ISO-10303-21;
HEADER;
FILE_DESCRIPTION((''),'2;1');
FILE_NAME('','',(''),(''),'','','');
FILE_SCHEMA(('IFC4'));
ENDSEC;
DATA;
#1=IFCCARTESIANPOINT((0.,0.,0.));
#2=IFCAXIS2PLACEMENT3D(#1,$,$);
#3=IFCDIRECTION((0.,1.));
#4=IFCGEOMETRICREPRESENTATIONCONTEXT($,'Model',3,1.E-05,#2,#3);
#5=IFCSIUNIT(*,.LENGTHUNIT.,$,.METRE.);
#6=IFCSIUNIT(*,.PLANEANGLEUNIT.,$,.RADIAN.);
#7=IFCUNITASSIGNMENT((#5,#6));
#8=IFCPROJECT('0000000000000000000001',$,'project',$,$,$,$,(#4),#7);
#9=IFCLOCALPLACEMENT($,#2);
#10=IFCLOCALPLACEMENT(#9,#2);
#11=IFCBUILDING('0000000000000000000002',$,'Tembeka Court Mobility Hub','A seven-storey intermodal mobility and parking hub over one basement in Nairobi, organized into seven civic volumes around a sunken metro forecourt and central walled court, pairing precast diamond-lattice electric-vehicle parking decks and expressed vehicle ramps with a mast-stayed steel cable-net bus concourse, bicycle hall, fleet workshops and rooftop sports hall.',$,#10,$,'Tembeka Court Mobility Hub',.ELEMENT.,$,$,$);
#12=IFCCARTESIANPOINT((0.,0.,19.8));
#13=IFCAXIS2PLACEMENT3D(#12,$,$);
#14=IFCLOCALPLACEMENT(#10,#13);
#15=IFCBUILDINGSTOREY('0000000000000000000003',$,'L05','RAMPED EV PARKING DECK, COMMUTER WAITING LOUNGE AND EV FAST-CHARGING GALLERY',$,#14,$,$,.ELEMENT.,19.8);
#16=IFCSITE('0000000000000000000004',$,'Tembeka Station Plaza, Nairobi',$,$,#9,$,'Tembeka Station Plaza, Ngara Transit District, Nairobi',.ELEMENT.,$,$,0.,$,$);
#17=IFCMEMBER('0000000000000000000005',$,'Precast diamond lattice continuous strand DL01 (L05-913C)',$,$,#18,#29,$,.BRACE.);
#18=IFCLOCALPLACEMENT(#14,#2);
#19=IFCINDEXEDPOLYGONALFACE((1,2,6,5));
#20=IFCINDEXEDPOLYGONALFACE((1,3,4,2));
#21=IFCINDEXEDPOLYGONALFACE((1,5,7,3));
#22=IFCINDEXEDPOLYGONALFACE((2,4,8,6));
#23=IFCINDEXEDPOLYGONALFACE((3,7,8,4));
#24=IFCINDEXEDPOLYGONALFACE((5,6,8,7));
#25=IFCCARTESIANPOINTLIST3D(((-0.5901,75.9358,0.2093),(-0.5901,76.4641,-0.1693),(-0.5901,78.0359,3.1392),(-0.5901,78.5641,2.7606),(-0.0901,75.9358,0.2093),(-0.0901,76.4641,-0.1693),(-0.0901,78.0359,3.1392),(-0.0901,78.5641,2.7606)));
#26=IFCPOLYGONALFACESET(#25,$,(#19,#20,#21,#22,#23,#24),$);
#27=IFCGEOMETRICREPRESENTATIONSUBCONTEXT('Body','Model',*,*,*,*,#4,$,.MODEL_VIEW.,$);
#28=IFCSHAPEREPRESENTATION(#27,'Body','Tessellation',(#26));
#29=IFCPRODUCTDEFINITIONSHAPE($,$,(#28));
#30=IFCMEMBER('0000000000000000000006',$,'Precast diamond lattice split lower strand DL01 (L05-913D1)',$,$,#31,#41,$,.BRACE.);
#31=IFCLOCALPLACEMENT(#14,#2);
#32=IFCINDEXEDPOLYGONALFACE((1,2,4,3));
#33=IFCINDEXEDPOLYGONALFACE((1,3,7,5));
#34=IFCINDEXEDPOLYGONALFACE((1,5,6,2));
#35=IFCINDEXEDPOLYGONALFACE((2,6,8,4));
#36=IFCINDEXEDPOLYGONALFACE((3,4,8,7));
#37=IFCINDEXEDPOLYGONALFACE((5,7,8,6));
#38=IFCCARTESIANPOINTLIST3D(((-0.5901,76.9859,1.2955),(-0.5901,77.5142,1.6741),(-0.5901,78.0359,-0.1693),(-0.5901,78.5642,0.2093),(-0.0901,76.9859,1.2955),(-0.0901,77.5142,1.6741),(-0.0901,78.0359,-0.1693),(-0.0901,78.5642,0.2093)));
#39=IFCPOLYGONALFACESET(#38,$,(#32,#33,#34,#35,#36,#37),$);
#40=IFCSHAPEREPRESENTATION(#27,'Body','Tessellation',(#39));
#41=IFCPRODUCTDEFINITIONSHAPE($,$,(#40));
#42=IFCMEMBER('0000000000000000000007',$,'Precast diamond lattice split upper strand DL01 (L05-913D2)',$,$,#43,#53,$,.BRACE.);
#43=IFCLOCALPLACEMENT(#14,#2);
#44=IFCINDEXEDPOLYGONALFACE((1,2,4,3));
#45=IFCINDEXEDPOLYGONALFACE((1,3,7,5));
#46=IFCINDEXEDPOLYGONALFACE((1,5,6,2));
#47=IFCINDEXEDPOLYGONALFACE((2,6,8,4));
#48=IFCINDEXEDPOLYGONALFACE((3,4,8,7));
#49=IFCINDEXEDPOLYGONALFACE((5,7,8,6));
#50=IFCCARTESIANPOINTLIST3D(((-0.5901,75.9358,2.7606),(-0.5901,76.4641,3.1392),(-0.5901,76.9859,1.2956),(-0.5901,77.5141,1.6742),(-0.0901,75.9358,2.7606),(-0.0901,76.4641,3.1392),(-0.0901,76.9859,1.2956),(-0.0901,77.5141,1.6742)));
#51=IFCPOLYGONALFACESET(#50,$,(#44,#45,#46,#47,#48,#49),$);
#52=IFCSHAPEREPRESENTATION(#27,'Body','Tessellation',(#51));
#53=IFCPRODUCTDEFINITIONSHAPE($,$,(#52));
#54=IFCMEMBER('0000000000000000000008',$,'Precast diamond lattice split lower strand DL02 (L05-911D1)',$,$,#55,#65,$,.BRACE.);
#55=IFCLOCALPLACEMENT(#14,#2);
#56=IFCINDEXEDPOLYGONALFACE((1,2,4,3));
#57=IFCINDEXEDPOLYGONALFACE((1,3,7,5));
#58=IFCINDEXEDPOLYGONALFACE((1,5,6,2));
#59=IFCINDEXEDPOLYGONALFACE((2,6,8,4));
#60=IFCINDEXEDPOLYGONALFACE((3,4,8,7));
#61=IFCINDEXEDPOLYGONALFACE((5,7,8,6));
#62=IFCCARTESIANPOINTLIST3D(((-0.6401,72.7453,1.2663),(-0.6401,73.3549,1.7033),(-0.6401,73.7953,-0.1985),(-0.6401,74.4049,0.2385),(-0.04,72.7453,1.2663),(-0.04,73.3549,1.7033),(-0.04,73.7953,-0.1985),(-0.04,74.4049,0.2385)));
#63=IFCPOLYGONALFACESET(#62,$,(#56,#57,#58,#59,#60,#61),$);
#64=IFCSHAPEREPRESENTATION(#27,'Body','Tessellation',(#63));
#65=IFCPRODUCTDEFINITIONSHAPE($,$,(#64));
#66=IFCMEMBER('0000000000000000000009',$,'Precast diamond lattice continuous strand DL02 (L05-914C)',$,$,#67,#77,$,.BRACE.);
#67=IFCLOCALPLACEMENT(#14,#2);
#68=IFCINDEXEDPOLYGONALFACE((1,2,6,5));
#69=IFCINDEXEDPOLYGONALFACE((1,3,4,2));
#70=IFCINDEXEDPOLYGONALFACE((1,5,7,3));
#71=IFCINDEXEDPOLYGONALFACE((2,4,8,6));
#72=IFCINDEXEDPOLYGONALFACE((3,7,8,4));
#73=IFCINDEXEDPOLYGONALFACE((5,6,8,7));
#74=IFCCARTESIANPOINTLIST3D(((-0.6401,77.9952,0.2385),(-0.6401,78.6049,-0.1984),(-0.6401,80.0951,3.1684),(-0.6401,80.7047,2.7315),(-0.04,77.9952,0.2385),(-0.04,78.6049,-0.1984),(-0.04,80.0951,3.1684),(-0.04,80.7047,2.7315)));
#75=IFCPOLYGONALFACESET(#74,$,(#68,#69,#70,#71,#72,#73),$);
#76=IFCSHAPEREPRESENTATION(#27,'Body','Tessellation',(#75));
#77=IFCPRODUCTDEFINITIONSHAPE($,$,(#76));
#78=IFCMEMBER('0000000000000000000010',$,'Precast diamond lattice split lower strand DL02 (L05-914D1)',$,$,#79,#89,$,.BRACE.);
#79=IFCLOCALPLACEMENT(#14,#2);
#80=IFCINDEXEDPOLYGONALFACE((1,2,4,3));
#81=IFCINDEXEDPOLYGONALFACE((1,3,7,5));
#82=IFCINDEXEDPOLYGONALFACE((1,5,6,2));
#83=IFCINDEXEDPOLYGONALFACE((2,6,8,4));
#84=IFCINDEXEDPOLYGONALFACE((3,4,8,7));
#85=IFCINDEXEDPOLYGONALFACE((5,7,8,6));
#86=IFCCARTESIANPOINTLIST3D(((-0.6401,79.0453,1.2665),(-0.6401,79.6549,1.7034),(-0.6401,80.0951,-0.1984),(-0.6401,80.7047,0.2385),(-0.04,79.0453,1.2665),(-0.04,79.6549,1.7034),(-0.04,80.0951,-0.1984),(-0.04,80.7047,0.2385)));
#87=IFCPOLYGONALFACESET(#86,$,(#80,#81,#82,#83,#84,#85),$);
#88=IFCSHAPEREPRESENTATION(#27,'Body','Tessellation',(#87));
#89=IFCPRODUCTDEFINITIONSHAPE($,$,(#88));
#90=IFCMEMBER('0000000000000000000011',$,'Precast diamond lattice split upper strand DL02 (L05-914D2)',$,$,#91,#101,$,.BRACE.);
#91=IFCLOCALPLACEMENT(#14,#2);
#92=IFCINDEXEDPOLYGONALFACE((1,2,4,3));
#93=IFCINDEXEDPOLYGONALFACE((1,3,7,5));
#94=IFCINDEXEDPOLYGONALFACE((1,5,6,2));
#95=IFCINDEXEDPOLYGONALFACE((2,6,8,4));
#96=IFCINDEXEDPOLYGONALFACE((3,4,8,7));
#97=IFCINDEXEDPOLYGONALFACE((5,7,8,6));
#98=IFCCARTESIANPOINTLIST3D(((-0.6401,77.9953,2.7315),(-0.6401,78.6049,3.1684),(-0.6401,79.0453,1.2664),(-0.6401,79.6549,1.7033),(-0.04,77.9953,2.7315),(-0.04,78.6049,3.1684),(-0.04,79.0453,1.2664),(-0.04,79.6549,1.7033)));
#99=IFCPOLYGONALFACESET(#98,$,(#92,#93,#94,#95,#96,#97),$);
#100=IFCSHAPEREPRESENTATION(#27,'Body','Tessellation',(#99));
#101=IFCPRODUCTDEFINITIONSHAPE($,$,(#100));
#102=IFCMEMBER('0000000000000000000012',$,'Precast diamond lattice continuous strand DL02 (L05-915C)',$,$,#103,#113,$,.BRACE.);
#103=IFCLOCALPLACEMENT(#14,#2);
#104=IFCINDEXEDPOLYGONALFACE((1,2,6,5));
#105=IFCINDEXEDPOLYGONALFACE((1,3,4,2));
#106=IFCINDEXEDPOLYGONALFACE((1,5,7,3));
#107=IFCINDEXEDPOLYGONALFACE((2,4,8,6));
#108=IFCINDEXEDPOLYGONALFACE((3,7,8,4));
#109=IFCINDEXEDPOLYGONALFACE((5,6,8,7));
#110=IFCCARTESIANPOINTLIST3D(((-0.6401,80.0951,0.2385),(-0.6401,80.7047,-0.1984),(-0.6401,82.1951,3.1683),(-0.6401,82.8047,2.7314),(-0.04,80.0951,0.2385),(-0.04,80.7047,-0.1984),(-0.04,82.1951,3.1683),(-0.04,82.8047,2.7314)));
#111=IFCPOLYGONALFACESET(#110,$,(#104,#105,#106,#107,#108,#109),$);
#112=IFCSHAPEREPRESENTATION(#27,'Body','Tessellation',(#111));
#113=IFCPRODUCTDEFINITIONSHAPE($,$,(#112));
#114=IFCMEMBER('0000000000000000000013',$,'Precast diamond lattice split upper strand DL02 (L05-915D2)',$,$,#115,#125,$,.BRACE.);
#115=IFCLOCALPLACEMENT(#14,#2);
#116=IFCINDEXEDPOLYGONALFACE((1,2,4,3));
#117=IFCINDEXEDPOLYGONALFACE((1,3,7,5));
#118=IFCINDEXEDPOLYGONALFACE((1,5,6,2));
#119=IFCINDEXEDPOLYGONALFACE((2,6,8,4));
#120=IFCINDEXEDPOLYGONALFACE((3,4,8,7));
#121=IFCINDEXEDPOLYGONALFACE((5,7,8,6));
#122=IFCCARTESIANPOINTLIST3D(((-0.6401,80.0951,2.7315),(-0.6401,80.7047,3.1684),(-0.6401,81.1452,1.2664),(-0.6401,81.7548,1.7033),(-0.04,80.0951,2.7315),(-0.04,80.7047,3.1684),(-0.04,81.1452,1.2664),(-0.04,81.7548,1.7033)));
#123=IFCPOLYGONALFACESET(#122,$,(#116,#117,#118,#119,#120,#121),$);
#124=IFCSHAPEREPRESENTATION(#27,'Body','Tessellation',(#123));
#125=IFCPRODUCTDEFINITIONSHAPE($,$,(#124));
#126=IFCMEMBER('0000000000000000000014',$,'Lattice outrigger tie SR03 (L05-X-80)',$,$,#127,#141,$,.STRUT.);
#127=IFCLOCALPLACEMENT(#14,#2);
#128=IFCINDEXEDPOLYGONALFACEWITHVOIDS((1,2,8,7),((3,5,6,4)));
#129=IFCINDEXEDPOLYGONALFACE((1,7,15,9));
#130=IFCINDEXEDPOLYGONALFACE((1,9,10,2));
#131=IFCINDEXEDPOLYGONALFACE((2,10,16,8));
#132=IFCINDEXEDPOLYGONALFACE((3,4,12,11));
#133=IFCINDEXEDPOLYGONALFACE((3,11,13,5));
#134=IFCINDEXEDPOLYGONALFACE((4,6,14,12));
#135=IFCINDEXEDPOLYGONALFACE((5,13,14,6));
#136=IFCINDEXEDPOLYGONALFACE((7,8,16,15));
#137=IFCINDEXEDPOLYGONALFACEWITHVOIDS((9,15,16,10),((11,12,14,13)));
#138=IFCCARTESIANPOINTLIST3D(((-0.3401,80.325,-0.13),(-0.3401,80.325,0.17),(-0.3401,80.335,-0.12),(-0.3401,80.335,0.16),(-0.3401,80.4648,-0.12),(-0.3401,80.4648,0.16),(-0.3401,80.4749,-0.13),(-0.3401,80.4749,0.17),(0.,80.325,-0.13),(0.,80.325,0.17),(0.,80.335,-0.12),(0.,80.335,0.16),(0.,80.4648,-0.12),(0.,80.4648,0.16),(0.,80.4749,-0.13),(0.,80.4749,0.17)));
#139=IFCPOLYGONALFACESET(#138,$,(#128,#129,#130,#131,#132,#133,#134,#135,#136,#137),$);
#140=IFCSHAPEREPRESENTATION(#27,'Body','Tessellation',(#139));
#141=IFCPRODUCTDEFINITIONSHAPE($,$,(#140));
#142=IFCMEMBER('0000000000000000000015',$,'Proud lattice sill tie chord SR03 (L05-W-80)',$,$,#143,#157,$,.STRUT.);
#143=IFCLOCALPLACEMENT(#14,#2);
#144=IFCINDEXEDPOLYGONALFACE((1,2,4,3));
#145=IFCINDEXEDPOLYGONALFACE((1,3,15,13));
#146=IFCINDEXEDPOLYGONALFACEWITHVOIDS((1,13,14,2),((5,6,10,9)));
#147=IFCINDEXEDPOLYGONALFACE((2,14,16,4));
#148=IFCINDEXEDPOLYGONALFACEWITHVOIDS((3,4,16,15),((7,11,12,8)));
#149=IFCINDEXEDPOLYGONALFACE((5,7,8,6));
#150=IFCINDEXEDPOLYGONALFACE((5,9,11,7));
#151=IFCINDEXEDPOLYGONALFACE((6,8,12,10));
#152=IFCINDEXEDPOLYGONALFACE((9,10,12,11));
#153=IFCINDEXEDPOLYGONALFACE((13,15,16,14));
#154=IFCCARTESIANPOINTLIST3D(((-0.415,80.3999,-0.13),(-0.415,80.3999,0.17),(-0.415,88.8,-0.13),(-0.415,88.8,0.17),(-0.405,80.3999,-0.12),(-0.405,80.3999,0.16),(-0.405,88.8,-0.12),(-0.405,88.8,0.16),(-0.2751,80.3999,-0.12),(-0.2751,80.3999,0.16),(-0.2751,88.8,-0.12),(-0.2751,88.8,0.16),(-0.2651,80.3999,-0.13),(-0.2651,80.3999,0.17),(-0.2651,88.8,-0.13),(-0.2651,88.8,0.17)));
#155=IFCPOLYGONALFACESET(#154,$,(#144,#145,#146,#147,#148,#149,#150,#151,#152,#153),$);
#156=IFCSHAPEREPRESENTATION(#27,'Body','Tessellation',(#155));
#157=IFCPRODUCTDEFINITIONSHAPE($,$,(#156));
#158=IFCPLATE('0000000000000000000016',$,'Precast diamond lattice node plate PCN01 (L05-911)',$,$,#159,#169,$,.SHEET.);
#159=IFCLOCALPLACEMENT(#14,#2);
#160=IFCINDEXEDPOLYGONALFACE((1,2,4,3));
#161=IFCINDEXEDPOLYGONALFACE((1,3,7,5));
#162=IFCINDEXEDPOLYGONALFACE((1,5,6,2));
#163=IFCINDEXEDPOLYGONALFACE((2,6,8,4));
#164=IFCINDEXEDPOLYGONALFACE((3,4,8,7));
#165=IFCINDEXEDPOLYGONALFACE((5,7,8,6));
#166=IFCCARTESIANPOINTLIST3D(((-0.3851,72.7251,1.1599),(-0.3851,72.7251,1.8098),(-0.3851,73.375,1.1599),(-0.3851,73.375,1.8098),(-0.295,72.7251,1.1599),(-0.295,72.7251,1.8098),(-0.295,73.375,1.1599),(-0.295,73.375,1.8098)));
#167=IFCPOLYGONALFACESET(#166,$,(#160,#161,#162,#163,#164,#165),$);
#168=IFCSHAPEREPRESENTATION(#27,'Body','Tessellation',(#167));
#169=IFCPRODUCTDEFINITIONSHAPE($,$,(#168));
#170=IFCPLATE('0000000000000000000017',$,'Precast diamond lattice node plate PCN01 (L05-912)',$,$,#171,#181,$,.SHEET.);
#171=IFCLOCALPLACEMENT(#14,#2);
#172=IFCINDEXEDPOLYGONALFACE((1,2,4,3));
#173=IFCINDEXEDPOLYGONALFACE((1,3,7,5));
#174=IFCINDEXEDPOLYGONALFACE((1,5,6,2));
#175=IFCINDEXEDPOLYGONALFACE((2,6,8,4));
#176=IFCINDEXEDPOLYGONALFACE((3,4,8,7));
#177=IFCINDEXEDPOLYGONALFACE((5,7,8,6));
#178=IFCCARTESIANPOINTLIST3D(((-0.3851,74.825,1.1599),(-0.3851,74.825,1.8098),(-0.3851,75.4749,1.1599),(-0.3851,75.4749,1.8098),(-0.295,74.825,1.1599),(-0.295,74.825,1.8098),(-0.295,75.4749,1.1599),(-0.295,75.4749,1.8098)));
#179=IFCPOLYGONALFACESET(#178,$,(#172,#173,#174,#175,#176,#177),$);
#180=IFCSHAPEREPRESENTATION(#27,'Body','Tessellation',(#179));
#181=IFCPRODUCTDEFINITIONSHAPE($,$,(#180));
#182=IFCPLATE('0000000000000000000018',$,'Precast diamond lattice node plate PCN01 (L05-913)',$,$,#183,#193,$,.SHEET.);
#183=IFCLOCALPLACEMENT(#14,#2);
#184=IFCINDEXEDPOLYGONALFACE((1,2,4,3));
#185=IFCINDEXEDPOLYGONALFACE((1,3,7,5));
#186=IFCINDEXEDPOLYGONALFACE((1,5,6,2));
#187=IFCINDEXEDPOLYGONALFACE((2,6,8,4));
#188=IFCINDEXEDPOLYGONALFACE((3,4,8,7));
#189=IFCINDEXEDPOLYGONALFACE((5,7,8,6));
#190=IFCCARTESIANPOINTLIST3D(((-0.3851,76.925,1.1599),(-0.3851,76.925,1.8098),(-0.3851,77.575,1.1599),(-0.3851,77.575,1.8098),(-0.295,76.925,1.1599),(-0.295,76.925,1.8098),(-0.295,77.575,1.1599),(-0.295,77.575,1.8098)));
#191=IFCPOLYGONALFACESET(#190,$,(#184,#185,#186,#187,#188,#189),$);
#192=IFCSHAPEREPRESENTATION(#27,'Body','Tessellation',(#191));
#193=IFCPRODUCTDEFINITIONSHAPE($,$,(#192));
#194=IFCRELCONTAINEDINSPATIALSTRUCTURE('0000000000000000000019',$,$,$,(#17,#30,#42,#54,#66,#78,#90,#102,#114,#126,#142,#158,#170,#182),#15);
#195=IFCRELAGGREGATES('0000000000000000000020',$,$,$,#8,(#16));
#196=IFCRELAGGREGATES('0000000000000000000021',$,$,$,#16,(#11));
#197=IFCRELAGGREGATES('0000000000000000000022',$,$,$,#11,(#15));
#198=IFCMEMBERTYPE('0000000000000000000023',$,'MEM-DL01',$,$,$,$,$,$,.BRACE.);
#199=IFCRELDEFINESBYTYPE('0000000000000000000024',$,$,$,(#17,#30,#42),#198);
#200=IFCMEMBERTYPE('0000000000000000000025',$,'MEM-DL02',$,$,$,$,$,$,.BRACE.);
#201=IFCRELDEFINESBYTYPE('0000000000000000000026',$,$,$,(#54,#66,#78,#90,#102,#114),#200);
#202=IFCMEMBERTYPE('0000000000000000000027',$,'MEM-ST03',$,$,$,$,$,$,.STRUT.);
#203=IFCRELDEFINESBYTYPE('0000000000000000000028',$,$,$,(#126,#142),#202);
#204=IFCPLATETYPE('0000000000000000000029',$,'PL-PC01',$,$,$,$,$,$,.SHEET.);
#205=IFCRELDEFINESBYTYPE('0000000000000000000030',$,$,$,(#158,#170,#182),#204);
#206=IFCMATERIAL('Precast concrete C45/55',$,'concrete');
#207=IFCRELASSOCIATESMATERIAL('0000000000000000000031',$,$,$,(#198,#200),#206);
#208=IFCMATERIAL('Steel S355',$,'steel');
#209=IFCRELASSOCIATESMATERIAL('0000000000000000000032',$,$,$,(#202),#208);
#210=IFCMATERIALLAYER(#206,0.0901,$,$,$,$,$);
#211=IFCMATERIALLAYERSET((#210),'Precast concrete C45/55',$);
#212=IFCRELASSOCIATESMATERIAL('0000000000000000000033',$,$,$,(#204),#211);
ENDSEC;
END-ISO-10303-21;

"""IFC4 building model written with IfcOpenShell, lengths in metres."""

from ifc_helpers import new_model, si_unit, direction, frame, origin, origin_2d, place, context, subcontext, project, spatial, rectangle, hollow_rectangle, extrude, material, layer, layer_set, material_profile, profile_set, type_object, element, save


model = new_model("IFC4")

# Units and contexts
model_context = context("Model", 3, precision=1e-05, world=origin(), true_north=direction((0.0, 1.0)))
body_context = subcontext(model_context, "Body", "Model", "MODEL_VIEW")
ifc_project = project(units=[si_unit("LENGTHUNIT", "METRE"), si_unit("PLANEANGLEUNIT", "RADIAN")], contexts=[model_context])

# Site, building, storey
site_placement = place(None, origin())
site = spatial("IfcSite", under=ifc_project, at=site_placement, Name="Tembeka Station Plaza, Nairobi", LongName="Tembeka Station Plaza, Ngara Transit District, Nairobi", CompositionType="ELEMENT", RefElevation=0.0)
building_placement = place(site_placement, origin())
building = spatial("IfcBuilding", under=site, at=building_placement, Name="Tembeka Court Mobility Hub", Description="A seven-storey intermodal mobility and parking hub over one basement in Nairobi, organized into seven civic volumes around a sunken metro forecourt and central walled court, pairing precast diamond-lattice electric-vehicle parking decks and expressed vehicle ramps with a mast-stayed steel cable-net bus concourse, bicycle hall, fleet workshops and rooftop sports hall.", LongName="Tembeka Court Mobility Hub", CompositionType="ELEMENT")
storey_placement = place(building_placement, frame((0.0, 0.0, 19.8)))
storey = spatial("IfcBuildingStorey", under=building, at=storey_placement, Name="L05", Description="RAMPED EV PARKING DECK, COMMUTER WAITING LOUNGE AND EV FAST-CHARGING GALLERY", CompositionType="ELEMENT", Elevation=19.8)

# Shared definitions
ifc_material_1 = material(Name="Steel S355", Category="steel")

# Members
ifc_material_2 = material(Name="Precast concrete C45/55", Category="concrete")
ifc_material_profile_1 = material_profile(ifc_material_2, rectangle(XDim=0.5, YDim=0.6499, at=origin_2d()), Name="PC-DIAG 500x650")
ifc_profile_set_1 = profile_set([ifc_material_profile_1], Name="Precast concrete C45/55")
member_type_1 = type_object("IfcMemberType", Name="MEM-DL01", PredefinedType="BRACE", material=ifc_profile_set_1)
member_1_placement = place(storey_placement, frame((-0.3401, 76.2, 0.02), z_axis=(0.0, 0.582576, 0.812776), x_axis=(-1.0, 0.0, 0.0)))
element("IfcMember", 1, at=member_1_placement, inside=storey, type_object=member_type_1, Name="Precast diamond lattice continuous strand DL01 (L05-913C)", PredefinedType="BRACE", context=body_context, shape_type="SweptSolid", body=[
    extrude(rectangle(XDim=0.5, YDim=0.6499, at=origin_2d()), origin(), (0.0, 0.0, 1.0), 3.6047),
])
member_2_placement = place(storey_placement, frame((-0.3401, 78.3, 0.02), z_axis=(0.0, -0.582608, 0.812753), x_axis=(1.0, 0.0, 0.0)))
element("IfcMember", 2, at=member_2_placement, inside=storey, type_object=member_type_1, Name="Precast diamond lattice split lower strand DL01 (L05-913D1)", PredefinedType="BRACE", context=body_context, shape_type="SweptSolid", body=[
    extrude(rectangle(XDim=0.5, YDim=0.6499, at=origin_2d()), origin(), (0.0, 0.0, 1.0), 1.8022),
])
member_3_placement = place(storey_placement, frame((-0.3401, 77.25, 1.4849), z_axis=(0.0, -0.582544, 0.812799), x_axis=(1.0, 0.0, 0.0)))
element("IfcMember", 3, at=member_3_placement, inside=storey, type_object=member_type_1, Name="Precast diamond lattice split upper strand DL01 (L05-913D2)", PredefinedType="BRACE", context=body_context, shape_type="SweptSolid", body=[
    extrude(rectangle(XDim=0.5, YDim=0.6499, at=origin_2d()), origin(), (0.0, 0.0, 1.0), 1.8025),
])
ifc_material_profile_2 = material_profile(ifc_material_2, rectangle(XDim=0.6001, YDim=0.75, at=origin_2d()), Name="PC-DIAG 600x750")
ifc_profile_set_2 = profile_set([ifc_material_profile_2], Name="Precast concrete C45/55")
member_type_2 = type_object("IfcMemberType", Name="MEM-DL02", PredefinedType="BRACE", material=ifc_profile_set_2)
member_4_placement = place(storey_placement, frame((-0.3401, 74.1001, 0.02), z_axis=(0.0, -0.582608, 0.812753), x_axis=(1.0, 0.0, 0.0)))
element("IfcMember", 4, at=member_4_placement, inside=storey, type_object=member_type_2, Name="Precast diamond lattice split lower strand DL02 (L05-911D1)", PredefinedType="BRACE", context=body_context, shape_type="SweptSolid", body=[
    extrude(rectangle(XDim=0.6001, YDim=0.75, at=origin_2d()), origin(), (0.0, 0.0, 1.0), 1.8022),
])
member_5_placement = place(storey_placement, frame((-0.3401, 78.3, 0.02), z_axis=(0.0, 0.582532, 0.812808), x_axis=(-1.0, 0.0, 0.0)))
element("IfcMember", 5, at=member_5_placement, inside=storey, type_object=member_type_2, Name="Precast diamond lattice continuous strand DL02 (L05-914C)", PredefinedType="BRACE", context=body_context, shape_type="SweptSolid", body=[
    extrude(rectangle(XDim=0.6001, YDim=0.75, at=origin_2d()), origin(), (0.0, 0.0, 1.0), 3.6047),
])
member_6_placement = place(storey_placement, frame((-0.3401, 80.3999, 0.02), z_axis=(0.0, -0.582519, 0.812817), x_axis=(1.0, 0.0, 0.0)))
element("IfcMember", 6, at=member_6_placement, inside=storey, type_object=member_type_2, Name="Precast diamond lattice split lower strand DL02 (L05-914D1)", PredefinedType="BRACE", context=body_context, shape_type="SweptSolid", body=[
    extrude(rectangle(XDim=0.6001, YDim=0.75, at=origin_2d()), origin(), (0.0, 0.0, 1.0), 1.8022),
])
member_7_placement = place(storey_placement, frame((-0.3401, 79.3501, 1.4849), z_axis=(0.0, -0.582544, 0.812799), x_axis=(1.0, 0.0, 0.0)))
element("IfcMember", 7, at=member_7_placement, inside=storey, type_object=member_type_2, Name="Precast diamond lattice split upper strand DL02 (L05-914D2)", PredefinedType="BRACE", context=body_context, shape_type="SweptSolid", body=[
    extrude(rectangle(XDim=0.6001, YDim=0.75, at=origin_2d()), origin(), (0.0, 0.0, 1.0), 1.8025),
])
member_8_placement = place(storey_placement, frame((-0.3401, 80.3999, 0.02), z_axis=(0.0, 0.582576, 0.812776), x_axis=(-1.0, 0.0, 0.0)))
element("IfcMember", 8, at=member_8_placement, inside=storey, type_object=member_type_2, Name="Precast diamond lattice continuous strand DL02 (L05-915C)", PredefinedType="BRACE", context=body_context, shape_type="SweptSolid", body=[
    extrude(rectangle(XDim=0.6001, YDim=0.75, at=origin_2d()), origin(), (0.0, 0.0, 1.0), 3.6047),
])
member_9_placement = place(storey_placement, frame((-0.3401, 81.45, 1.4849), z_axis=(0.0, -0.582544, 0.812799), x_axis=(1.0, 0.0, 0.0)))
element("IfcMember", 9, at=member_9_placement, inside=storey, type_object=member_type_2, Name="Precast diamond lattice split upper strand DL02 (L05-915D2)", PredefinedType="BRACE", context=body_context, shape_type="SweptSolid", body=[
    extrude(rectangle(XDim=0.6001, YDim=0.75, at=origin_2d()), origin(), (0.0, 0.0, 1.0), 1.8025),
])
ifc_material_profile_3 = material_profile(ifc_material_1, hollow_rectangle(XDim=0.1499, YDim=0.3, WallThickness=0.01, at=origin_2d()), Name="RHS 300x150x10")
ifc_profile_set_3 = profile_set([ifc_material_profile_3], Name="Steel S355")
member_type_3 = type_object("IfcMemberType", Name="MEM-ST03", PredefinedType="STRUT", material=ifc_profile_set_3)
member_10_placement = place(storey_placement, frame((0.0, 80.3999, 0.02), z_axis=(-1.0, 0.0, 0.0), x_axis=(0.0, -1.0, 0.0)))
element("IfcMember", 10, at=member_10_placement, inside=storey, type_object=member_type_3, Name="Lattice outrigger tie SR03 (L05-X-80)", PredefinedType="STRUT", context=body_context, shape_type="SweptSolid", body=[
    extrude(hollow_rectangle(XDim=0.1499, YDim=0.3, WallThickness=0.01, at=origin_2d()), origin(), (0.0, 0.0, 1.0), 0.3401),
])
member_11_placement = place(storey_placement, frame((-0.3401, 80.3999, 0.02), z_axis=(0.0, 1.0, 0.0), x_axis=(-1.0, 0.0, 0.0)))
element("IfcMember", 11, at=member_11_placement, inside=storey, type_object=member_type_3, Name="Proud lattice sill tie chord SR03 (L05-W-80)", PredefinedType="STRUT", context=body_context, shape_type="SweptSolid", body=[
    extrude(hollow_rectangle(XDim=0.1499, YDim=0.3, WallThickness=0.01, at=origin_2d()), origin(), (0.0, 0.0, 1.0), 8.4001),
])

# Plates
ifc_layer_1 = layer(ifc_material_2, 0.0901)
ifc_layer_set_1 = layer_set([ifc_layer_1], Name="Precast concrete C45/55")
plate_type = type_object("IfcPlateType", Name="PL-PC01", PredefinedType="SHEET", material=ifc_layer_set_1)
for number, where, z_axis, x_axis, name in (
    (12, (-0.3401, 73.05, 1.1599), (0.0, 0.0, 1.0), (1.0, 0.0, 0.0), "Precast diamond lattice node plate PCN01 (L05-911)"),
    (13, (-0.3401, 75.1499, 1.1599), (0.0, 0.0, 1.0), (1.0, 0.0, 0.0), "Precast diamond lattice node plate PCN01 (L05-912)"),
    (14, (-0.3401, 77.25, 1.1599), (0.0, 0.0, 1.0), (1.0, 0.0, 0.0), "Precast diamond lattice node plate PCN01 (L05-913)"),
):
    element("IfcPlate", number, at=place(storey_placement, frame(where, z_axis=z_axis, x_axis=x_axis)), inside=storey, type_object=plate_type, Name=name, PredefinedType="SHEET", context=body_context, shape_type="SweptSolid", body=[
        extrude(rectangle(XDim=0.0901, YDim=0.6499, at=origin_2d()), origin(), (0.0, 0.0, 1.0), 0.6499),
    ])

save(model, "model.ifc")
